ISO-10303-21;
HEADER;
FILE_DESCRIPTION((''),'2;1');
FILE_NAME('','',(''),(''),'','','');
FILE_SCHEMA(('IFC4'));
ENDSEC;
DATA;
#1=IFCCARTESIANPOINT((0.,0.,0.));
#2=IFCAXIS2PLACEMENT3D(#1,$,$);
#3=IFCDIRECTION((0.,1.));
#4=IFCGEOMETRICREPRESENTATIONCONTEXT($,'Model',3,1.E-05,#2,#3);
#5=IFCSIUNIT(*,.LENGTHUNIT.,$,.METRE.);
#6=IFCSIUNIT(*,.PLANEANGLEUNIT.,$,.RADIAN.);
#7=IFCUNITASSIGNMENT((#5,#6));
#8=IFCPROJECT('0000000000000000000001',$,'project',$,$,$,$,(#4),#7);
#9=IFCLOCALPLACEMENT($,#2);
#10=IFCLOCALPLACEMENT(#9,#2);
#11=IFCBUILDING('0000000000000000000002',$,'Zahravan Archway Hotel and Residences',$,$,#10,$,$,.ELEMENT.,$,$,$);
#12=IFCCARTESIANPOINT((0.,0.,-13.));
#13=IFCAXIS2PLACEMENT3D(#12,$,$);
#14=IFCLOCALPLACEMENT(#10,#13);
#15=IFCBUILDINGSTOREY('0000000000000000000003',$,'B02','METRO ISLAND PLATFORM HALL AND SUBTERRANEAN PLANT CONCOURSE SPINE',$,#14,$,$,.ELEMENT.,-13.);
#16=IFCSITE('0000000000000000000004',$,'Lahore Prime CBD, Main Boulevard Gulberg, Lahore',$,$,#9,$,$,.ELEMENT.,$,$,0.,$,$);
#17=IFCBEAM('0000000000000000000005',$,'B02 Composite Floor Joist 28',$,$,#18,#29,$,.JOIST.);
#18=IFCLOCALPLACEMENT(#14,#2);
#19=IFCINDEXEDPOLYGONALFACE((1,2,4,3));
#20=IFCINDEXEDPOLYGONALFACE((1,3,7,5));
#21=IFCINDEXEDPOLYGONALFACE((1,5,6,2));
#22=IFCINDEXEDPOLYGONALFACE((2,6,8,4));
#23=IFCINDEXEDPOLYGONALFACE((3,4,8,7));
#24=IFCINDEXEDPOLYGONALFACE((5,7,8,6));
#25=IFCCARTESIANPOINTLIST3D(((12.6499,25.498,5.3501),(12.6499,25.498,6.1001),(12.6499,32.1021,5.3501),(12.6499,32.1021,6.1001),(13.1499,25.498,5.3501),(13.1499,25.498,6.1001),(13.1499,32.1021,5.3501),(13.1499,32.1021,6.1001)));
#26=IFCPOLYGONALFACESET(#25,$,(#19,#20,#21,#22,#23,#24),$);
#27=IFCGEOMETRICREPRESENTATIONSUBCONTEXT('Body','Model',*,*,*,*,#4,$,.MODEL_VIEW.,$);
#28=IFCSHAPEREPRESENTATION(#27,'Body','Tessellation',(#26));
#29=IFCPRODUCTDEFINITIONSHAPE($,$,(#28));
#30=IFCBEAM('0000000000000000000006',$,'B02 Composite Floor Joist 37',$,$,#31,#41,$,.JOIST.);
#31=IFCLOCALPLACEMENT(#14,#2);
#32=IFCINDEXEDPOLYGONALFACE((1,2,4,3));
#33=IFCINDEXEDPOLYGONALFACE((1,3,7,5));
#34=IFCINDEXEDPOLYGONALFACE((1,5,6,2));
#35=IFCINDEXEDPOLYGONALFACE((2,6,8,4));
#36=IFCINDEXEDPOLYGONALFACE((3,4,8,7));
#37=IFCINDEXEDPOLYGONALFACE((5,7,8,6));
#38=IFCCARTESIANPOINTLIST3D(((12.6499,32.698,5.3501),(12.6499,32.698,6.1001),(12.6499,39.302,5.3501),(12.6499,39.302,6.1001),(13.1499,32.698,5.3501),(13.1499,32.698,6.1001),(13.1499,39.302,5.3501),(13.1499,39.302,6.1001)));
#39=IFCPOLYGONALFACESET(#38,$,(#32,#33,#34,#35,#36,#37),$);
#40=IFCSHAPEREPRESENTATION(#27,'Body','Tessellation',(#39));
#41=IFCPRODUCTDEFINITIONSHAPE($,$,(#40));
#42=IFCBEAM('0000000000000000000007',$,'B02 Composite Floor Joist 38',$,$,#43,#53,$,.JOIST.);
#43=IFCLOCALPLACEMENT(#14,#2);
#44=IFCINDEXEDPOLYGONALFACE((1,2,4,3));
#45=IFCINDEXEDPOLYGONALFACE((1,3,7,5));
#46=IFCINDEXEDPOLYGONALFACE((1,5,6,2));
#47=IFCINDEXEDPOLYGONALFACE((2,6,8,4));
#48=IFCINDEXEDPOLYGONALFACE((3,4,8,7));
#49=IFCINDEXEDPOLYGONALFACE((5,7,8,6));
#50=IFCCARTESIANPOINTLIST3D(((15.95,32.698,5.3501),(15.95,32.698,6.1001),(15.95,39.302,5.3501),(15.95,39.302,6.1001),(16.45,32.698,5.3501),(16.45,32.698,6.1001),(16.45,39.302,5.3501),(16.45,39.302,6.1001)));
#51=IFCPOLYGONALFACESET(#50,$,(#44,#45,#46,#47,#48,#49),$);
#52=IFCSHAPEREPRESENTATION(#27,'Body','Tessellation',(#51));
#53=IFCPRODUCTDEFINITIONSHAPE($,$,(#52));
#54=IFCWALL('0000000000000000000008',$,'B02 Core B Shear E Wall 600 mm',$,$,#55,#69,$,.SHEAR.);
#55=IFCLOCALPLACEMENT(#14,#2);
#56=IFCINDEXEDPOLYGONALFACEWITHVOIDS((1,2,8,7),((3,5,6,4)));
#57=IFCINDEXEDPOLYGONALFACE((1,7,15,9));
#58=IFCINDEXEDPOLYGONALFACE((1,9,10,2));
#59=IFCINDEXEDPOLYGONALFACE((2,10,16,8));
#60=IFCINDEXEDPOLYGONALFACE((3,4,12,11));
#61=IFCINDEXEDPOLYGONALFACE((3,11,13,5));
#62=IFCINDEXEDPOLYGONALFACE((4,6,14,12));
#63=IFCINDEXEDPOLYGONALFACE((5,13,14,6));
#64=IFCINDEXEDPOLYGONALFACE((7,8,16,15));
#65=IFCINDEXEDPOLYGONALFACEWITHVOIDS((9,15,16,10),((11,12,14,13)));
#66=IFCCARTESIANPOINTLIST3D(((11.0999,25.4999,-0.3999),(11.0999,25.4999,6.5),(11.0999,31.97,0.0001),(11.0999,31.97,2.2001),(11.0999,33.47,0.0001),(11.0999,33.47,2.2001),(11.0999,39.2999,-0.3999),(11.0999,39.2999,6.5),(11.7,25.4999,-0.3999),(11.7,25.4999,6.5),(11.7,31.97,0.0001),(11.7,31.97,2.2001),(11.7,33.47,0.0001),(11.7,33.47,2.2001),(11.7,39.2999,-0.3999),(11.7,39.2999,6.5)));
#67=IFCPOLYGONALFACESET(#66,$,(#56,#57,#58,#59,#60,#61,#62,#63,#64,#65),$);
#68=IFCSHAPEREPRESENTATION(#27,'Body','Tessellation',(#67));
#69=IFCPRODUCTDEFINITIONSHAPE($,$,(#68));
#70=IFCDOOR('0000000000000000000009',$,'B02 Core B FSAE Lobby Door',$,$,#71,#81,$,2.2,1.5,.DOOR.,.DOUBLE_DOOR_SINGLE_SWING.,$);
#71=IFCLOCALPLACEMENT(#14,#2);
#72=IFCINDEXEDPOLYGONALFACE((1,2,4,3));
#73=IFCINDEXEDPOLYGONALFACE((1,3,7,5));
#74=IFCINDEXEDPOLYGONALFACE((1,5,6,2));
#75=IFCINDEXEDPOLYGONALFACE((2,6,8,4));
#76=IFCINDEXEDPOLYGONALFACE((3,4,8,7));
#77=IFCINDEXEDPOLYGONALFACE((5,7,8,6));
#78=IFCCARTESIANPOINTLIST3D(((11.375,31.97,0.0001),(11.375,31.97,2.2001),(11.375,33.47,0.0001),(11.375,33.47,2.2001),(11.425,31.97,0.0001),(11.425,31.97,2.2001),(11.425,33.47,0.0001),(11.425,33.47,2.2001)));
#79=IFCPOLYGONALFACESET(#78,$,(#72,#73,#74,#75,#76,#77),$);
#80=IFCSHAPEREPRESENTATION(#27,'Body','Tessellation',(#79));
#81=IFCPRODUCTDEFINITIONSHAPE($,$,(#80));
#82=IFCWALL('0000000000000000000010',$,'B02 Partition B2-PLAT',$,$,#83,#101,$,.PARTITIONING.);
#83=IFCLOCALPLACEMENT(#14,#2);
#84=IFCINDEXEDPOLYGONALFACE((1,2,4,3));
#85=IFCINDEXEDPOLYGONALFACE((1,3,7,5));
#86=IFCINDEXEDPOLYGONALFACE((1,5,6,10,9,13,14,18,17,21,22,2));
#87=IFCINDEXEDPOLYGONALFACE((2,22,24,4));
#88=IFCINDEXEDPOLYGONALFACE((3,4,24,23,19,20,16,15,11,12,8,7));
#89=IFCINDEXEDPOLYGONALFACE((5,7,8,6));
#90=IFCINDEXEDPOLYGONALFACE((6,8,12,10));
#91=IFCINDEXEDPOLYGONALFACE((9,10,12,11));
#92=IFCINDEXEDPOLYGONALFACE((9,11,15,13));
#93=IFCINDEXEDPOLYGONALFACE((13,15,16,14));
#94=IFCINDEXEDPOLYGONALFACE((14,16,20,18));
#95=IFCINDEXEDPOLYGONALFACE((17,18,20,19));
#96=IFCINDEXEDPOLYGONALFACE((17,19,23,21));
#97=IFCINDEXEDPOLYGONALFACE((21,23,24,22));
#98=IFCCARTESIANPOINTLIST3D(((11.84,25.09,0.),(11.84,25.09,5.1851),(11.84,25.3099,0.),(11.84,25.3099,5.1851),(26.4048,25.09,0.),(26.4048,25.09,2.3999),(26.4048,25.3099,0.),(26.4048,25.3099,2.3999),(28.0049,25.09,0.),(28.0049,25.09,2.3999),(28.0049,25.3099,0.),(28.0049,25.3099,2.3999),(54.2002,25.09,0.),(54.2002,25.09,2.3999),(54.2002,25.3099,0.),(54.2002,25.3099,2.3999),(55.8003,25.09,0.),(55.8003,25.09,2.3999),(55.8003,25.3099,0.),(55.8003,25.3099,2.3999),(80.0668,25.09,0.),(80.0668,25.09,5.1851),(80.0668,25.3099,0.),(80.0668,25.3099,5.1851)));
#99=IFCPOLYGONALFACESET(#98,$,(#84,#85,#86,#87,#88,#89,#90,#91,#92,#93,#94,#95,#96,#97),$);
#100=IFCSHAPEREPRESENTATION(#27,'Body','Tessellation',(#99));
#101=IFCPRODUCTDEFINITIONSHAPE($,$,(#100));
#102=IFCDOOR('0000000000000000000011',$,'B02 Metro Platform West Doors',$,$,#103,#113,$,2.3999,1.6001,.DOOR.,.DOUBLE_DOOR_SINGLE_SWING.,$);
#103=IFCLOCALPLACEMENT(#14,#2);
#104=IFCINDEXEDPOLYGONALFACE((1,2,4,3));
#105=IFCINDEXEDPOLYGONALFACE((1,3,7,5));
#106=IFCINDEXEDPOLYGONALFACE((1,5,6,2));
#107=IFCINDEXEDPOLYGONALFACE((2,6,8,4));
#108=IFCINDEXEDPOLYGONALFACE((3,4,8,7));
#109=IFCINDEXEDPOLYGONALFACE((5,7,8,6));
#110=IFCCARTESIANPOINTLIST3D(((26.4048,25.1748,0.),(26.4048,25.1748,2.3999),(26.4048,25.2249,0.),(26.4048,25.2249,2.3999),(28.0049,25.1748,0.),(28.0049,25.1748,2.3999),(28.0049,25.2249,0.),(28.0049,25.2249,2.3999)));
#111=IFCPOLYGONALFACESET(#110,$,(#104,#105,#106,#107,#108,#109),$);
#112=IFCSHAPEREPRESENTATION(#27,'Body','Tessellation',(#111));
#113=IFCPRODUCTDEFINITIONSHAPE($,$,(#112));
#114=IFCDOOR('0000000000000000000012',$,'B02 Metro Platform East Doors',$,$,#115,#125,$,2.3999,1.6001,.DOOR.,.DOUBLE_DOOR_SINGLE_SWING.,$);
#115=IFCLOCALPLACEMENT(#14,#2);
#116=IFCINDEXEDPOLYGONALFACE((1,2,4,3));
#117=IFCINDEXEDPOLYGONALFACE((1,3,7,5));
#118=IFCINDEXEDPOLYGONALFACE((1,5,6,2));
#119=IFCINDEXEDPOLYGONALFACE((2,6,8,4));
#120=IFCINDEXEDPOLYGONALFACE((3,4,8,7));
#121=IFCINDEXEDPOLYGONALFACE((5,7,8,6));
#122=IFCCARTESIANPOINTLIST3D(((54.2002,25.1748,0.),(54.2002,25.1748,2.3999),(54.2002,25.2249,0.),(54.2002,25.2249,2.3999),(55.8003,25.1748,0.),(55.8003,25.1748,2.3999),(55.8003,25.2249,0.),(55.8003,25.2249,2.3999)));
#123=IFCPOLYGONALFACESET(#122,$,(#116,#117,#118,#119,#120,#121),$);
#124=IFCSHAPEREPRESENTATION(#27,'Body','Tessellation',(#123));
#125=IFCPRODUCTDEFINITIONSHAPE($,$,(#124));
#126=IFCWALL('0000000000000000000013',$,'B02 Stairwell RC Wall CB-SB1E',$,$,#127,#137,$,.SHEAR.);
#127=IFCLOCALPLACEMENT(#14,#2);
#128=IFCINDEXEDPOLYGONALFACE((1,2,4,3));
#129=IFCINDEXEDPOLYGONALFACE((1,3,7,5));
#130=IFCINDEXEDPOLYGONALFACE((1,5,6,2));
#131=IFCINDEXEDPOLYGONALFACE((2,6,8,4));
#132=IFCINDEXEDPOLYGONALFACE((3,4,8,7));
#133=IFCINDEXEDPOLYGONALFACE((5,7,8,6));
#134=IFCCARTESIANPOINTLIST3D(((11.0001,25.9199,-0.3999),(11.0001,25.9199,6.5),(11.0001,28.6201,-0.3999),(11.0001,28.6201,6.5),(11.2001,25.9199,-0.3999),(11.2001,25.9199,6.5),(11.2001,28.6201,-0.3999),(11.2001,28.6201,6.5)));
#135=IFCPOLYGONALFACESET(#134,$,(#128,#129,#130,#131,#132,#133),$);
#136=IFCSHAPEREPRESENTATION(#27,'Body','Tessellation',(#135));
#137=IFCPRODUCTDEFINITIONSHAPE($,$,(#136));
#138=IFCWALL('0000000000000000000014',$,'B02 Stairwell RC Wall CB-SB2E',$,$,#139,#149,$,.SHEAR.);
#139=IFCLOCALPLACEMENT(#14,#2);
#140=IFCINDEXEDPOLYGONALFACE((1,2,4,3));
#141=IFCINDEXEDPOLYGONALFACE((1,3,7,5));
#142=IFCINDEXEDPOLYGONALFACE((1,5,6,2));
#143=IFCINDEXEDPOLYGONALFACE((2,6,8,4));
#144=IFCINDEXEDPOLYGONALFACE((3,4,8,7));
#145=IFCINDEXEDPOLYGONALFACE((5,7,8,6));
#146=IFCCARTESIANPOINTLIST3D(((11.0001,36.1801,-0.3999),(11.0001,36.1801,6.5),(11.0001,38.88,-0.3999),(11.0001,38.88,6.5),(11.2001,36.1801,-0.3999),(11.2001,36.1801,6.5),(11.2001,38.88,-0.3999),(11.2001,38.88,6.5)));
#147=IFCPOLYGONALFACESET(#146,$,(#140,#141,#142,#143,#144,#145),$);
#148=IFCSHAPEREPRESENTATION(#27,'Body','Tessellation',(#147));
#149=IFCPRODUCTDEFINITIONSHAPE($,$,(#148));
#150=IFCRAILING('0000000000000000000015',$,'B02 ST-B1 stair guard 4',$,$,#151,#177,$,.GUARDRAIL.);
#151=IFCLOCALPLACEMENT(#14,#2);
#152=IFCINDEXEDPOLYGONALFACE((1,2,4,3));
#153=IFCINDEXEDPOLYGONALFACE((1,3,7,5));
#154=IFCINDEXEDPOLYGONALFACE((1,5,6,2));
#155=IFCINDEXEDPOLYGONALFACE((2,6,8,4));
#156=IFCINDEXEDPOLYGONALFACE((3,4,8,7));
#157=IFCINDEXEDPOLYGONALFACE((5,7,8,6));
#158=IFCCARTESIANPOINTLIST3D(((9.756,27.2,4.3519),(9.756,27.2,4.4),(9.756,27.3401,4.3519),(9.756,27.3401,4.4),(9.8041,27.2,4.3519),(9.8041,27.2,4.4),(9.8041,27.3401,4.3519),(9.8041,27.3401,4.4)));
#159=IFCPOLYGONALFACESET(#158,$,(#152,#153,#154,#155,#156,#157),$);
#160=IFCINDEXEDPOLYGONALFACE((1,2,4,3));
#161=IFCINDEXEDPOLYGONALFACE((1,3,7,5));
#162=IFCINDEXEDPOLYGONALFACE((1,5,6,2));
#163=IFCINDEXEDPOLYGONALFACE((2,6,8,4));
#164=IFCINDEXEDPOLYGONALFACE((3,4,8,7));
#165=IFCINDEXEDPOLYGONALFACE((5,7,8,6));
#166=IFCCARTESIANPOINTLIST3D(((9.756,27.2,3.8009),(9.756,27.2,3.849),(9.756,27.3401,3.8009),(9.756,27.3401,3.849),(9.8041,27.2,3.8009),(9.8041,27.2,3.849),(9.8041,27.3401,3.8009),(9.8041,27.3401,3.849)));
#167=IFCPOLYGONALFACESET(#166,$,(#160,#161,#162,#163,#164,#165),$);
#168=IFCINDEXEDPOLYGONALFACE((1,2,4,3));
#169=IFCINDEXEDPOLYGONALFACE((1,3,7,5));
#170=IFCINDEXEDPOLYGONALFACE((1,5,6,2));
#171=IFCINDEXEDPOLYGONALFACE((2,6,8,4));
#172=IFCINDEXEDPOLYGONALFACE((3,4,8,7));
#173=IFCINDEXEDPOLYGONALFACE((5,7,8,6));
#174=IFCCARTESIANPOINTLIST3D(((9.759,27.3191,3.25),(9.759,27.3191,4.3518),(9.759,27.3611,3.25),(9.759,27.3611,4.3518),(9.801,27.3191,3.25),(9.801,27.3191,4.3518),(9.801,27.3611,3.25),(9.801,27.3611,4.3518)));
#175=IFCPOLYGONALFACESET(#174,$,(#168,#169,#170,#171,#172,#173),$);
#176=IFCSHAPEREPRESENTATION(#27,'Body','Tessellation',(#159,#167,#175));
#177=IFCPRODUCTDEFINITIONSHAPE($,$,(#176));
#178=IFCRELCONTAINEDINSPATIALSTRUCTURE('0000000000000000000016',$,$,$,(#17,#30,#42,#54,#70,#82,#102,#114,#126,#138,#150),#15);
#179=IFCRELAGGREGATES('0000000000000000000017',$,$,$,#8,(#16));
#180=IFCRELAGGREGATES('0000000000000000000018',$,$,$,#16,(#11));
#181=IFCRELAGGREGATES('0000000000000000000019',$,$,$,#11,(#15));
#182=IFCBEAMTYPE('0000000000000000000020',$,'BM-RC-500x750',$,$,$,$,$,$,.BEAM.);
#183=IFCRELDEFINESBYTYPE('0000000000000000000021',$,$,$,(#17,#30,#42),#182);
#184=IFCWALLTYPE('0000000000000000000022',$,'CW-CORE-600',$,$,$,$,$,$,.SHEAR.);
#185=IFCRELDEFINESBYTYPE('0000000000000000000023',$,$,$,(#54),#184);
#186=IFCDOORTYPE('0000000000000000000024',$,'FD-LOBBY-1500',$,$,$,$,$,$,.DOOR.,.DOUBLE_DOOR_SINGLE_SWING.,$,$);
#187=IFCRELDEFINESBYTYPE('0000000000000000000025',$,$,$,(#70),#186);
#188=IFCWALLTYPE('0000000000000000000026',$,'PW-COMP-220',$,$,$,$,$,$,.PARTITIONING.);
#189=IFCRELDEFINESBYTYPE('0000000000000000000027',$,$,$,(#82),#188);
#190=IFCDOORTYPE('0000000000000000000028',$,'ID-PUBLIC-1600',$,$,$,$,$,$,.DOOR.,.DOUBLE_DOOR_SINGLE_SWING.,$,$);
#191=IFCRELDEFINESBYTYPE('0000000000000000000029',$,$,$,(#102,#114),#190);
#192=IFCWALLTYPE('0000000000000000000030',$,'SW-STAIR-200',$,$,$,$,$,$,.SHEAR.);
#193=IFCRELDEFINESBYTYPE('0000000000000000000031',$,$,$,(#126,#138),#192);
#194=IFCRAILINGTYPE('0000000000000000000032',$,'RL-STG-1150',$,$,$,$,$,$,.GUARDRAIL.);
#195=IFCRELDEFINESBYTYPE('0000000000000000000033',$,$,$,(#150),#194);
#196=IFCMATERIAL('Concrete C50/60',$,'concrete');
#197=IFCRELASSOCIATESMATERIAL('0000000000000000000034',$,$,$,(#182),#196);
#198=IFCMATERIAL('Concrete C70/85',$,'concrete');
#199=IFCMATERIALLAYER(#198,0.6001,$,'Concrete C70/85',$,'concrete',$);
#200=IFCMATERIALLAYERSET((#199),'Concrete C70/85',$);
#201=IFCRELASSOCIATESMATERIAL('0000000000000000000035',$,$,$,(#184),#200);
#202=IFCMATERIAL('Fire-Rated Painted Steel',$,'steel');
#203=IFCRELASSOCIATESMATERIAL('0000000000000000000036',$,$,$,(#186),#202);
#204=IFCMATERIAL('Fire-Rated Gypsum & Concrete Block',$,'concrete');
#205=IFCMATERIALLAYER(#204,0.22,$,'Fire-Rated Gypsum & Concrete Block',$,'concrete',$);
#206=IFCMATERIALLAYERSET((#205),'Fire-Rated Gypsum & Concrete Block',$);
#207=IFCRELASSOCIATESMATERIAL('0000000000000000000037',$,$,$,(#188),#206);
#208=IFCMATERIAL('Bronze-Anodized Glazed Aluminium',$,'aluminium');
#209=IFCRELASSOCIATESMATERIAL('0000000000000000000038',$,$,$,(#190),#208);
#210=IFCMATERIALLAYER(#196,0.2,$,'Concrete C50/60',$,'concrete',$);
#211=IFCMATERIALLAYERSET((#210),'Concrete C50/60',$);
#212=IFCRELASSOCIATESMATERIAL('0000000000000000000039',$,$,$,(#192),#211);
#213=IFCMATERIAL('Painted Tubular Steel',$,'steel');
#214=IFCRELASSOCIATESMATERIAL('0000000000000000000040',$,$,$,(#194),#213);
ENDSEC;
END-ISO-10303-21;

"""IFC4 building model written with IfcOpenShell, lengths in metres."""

from ifc_helpers import new_model, si_unit, direction, frame, frame_2d, origin, origin_2d, place, context, subcontext, project, spatial, rectangle, extrude, source, transform, mapped, material, layer, layer_set, material_profile, profile_set, type_object, type_shapes, element, fill, save


model = new_model("IFC4")

# Units and contexts
model_context = context("Model", 3, precision=1e-05, world=origin(), true_north=direction((0.0, 1.0)))
body_context = subcontext(model_context, "Body", "Model", "MODEL_VIEW")
ifc_project = project(units=[si_unit("LENGTHUNIT", "METRE"), si_unit("PLANEANGLEUNIT", "RADIAN")], contexts=[model_context])

# Site, building, storey
site_placement = place(None, origin())
site = spatial("IfcSite", under=ifc_project, at=site_placement, Name="Lahore Prime CBD, Main Boulevard Gulberg, Lahore", CompositionType="ELEMENT", RefElevation=0.0)
building_placement = place(site_placement, origin())
building = spatial("IfcBuilding", under=site, at=building_placement, Name="Zahravan Archway Hotel and Residences", CompositionType="ELEMENT")
storey_placement = place(building_placement, frame((0.0, 0.0, -13.0)))
storey = spatial("IfcBuildingStorey", under=building, at=storey_placement, Name="B02", Description="METRO ISLAND PLATFORM HALL AND SUBTERRANEAN PLANT CONCOURSE SPINE", CompositionType="ELEMENT", Elevation=-13.0)

# Shared definitions
ifc_material_1 = material(Name="Concrete C50/60", Category="concrete")

# Shared definitions
ifc_material_2 = material(Name="Concrete C70/85", Category="concrete")

# Beams
ifc_material_profile_1 = material_profile(ifc_material_1, rectangle(XDim=0.5, YDim=0.75, at=origin_2d()), Name="RC-BM-500x750", Category="concrete")
ifc_profile_set_1 = profile_set([ifc_material_profile_1], Name="Concrete C50/60")
beam_type_1 = type_object("IfcBeamType", Name="BM-RC-500x750", PredefinedType="BEAM", material=ifc_profile_set_1)
shared_shape_1 = source(origin(), body_context, "Body", "SweptSolid", [
    extrude(rectangle(XDim=0.5, YDim=0.75, at=origin_2d()), origin(), (0.0, 0.0, 1.0), 6.604),
])
type_shapes(beam_type_1, [shared_shape_1])
for number, where, z_axis, x_axis, name in (
    (1, (12.8999, 25.498, 5.7251), (0.0, 1.0, 0.0), (-1.0, 0.0, 0.0), "B02 Composite Floor Joist 28"),
    (2, (12.8999, 32.698, 5.7251), (0.0, 1.0, 0.0), (-1.0, 0.0, 0.0), "B02 Composite Floor Joist 37"),
    (3, (16.2, 32.698, 5.7251), (0.0, 1.0, 0.0), (-1.0, 0.0, 0.0), "B02 Composite Floor Joist 38"),
):
    element("IfcBeam", number, at=place(storey_placement, frame(where, z_axis=z_axis, x_axis=x_axis)), inside=storey, type_object=beam_type_1, Name=name, PredefinedType="JOIST", context=body_context, shape_type="MappedRepresentation", body=[
        mapped(shared_shape_1, transform((0.0, 0.0, 0.0), scale=1.0)),
    ])

# Wall, opening, door
ifc_layer_1 = layer(ifc_material_2, 0.6001, Name="Concrete C70/85", Category="concrete")
ifc_layer_set_1 = layer_set([ifc_layer_1], Name="Concrete C70/85")
wall_type_1 = type_object("IfcWallType", Name="CW-CORE-600", PredefinedType="SHEAR", material=ifc_layer_set_1)
wall_1_placement = place(storey_placement, frame((11.3999, 25.5, -0.3999), z_axis=(0.0, 0.0, 1.0), x_axis=(0.0, 1.0, 0.0)))
wall_1 = element("IfcWall", 4, at=wall_1_placement, inside=storey, type_object=wall_type_1, Name="B02 Core B Shear E Wall 600 mm", PredefinedType="SHEAR", context=body_context, shape_type="SweptSolid", body=[
    extrude(rectangle(XDim=13.8, YDim=0.6001, at=frame_2d((6.8999, 0.0))), origin(), (0.0, 0.0, 1.0), 6.8999),
])
opening_1_placement = place(wall_1_placement, frame((6.47, 0.0, 0.3999)))
opening_1 = element("IfcOpeningElement", 5, at=opening_1_placement, cuts=wall_1, PredefinedType="OPENING", context=body_context, shape_type="SweptSolid", body=[
    extrude(rectangle(XDim=1.5, YDim=2.2, at=frame_2d((0.75, 1.1001))), frame((0.0, 0.3101, 0.0), z_axis=(0.0, -1.0, 0.0), x_axis=(1.0, 0.0, 0.0)), (0.0, 0.0, 1.0), 0.6201),
])
ifc_material_3 = material(Name="Fire-Rated Painted Steel", Category="steel")
door_type_1 = type_object("IfcDoorType", Name="FD-LOBBY-1500", OperationType="DOUBLE_DOOR_SINGLE_SWING", PredefinedType="DOOR", material=ifc_material_3)
shared_shape_2 = source(origin(), body_context, "Body", "SweptSolid", [
    extrude(rectangle(XDim=1.5, YDim=2.2, at=frame_2d((0.75, 1.1001))), frame((0.0, 0.0249, 0.0), z_axis=(0.0, -1.0, 0.0), x_axis=(1.0, 0.0, 0.0)), (0.0, 0.0, 1.0), 0.05),
])
type_shapes(door_type_1, [shared_shape_2])
door_1_placement = place(opening_1_placement, origin())
door_1 = element("IfcDoor", 6, at=door_1_placement, inside=storey, type_object=door_type_1, Name="B02 Core B FSAE Lobby Door", OperationType="DOUBLE_DOOR_SINGLE_SWING", OverallHeight=2.2, OverallWidth=1.5, PredefinedType="DOOR", context=body_context, shape_type="MappedRepresentation", body=[
    mapped(shared_shape_2, transform((0.0, 0.0, 0.0), scale=1.0)),
])
fill(opening_1, door_1)

# Wall, openings, doors
ifc_material_4 = material(Name="Fire-Rated Gypsum & Concrete Block", Category="concrete")
ifc_layer_2 = layer(ifc_material_4, 0.22, Name="Fire-Rated Gypsum & Concrete Block", Category="concrete")
ifc_layer_set_2 = layer_set([ifc_layer_2], Name="Fire-Rated Gypsum & Concrete Block")
wall_type_2 = type_object("IfcWallType", Name="PW-COMP-220", PredefinedType="PARTITIONING", material=ifc_layer_set_2)
wall_2_placement = place(storey_placement, frame((11.8401, 25.2, 0.0), z_axis=(0.0, 0.0, 1.0), x_axis=(1.0, 0.0, 0.0)))
wall_2 = element("IfcWall", 7, at=wall_2_placement, inside=storey, type_object=wall_type_2, Name="B02 Partition B2-PLAT", PredefinedType="PARTITIONING", context=body_context, shape_type="SweptSolid", body=[
    extrude(rectangle(XDim=68.2268, YDim=0.22, at=frame_2d((34.1133, 0.0))), origin(), (0.0, 0.0, 1.0), 5.1851),
])
opening_2_placement = place(wall_2_placement, frame((14.5647, 0.0, 0.0)))
opening_2 = element("IfcOpeningElement", 8, at=opening_2_placement, cuts=wall_2, PredefinedType="OPENING", context=body_context, shape_type="SweptSolid", body=[
    extrude(rectangle(XDim=1.6001, YDim=2.3999, at=frame_2d((0.8, 1.2))), frame((0.0, 0.1201, 0.0), z_axis=(0.0, -1.0, 0.0), x_axis=(1.0, 0.0, 0.0)), (0.0, 0.0, 1.0), 0.24),
])
opening_3_placement = place(wall_2_placement, frame((42.3601, 0.0, 0.0)))
opening_3 = element("IfcOpeningElement", 9, at=opening_3_placement, cuts=wall_2, PredefinedType="OPENING", context=body_context, shape_type="SweptSolid", body=[
    extrude(rectangle(XDim=1.6001, YDim=2.3999, at=frame_2d((0.8, 1.2))), frame((0.0, 0.1201, 0.0), z_axis=(0.0, -1.0, 0.0), x_axis=(1.0, 0.0, 0.0)), (0.0, 0.0, 1.0), 0.24),
])
ifc_material_5 = material(Name="Bronze-Anodized Glazed Aluminium", Category="aluminium")
door_type_2 = type_object("IfcDoorType", Name="ID-PUBLIC-1600", OperationType="DOUBLE_DOOR_SINGLE_SWING", PredefinedType="DOOR", material=ifc_material_5)
shared_shape_3 = source(origin(), body_context, "Body", "SweptSolid", [
    extrude(rectangle(XDim=1.6001, YDim=2.3999, at=frame_2d((0.8, 1.2))), frame((0.0, 0.0249, 0.0), z_axis=(0.0, -1.0, 0.0), x_axis=(1.0, 0.0, 0.0)), (0.0, 0.0, 1.0), 0.05),
])
type_shapes(door_type_2, [shared_shape_3])
door_2_placement = place(opening_2_placement, origin())
door_2 = element("IfcDoor", 10, at=door_2_placement, inside=storey, type_object=door_type_2, Name="B02 Metro Platform West Doors", OperationType="DOUBLE_DOOR_SINGLE_SWING", OverallHeight=2.3999, OverallWidth=1.6001, PredefinedType="DOOR", context=body_context, shape_type="MappedRepresentation", body=[
    mapped(shared_shape_3, transform((0.0, 0.0, 0.0), scale=1.0)),
])
fill(opening_2, door_2)
door_3_placement = place(opening_3_placement, origin())
door_3 = element("IfcDoor", 11, at=door_3_placement, inside=storey, type_object=door_type_2, Name="B02 Metro Platform East Doors", OperationType="DOUBLE_DOOR_SINGLE_SWING", OverallHeight=2.3999, OverallWidth=1.6001, PredefinedType="DOOR", context=body_context, shape_type="MappedRepresentation", body=[
    mapped(shared_shape_3, transform((0.0, 0.0, 0.0), scale=1.0)),
])
fill(opening_3, door_3)

# Walls
ifc_layer_3 = layer(ifc_material_1, 0.2, Name="Concrete C50/60", Category="concrete")
ifc_layer_set_3 = layer_set([ifc_layer_3], Name="Concrete C50/60")
wall_type_3 = type_object("IfcWallType", Name="SW-STAIR-200", PredefinedType="SHEAR", material=ifc_layer_set_3)
wall_3_placement = place(storey_placement, frame((11.1001, 25.9199, -0.3999), z_axis=(0.0, 0.0, 1.0), x_axis=(0.0, 1.0, 0.0)))
element("IfcWall", 12, at=wall_3_placement, inside=storey, type_object=wall_type_3, Name="B02 Stairwell RC Wall CB-SB1E", PredefinedType="SHEAR", context=body_context, shape_type="SweptSolid", body=[
    extrude(rectangle(XDim=2.7002, YDim=0.2, at=frame_2d((1.3501, 0.0))), origin(), (0.0, 0.0, 1.0), 6.8999),
])
wall_4_placement = place(storey_placement, frame((11.1001, 36.1799, -0.3999), z_axis=(0.0, 0.0, 1.0), x_axis=(0.0, 1.0, 0.0)))
element("IfcWall", 13, at=wall_4_placement, inside=storey, type_object=wall_type_3, Name="B02 Stairwell RC Wall CB-SB2E", PredefinedType="SHEAR", context=body_context, shape_type="SweptSolid", body=[
    extrude(rectangle(XDim=2.7, YDim=0.2, at=frame_2d((1.3501, 0.0))), origin(), (0.0, 0.0, 1.0), 6.8999),
])

# Railing
ifc_material_6 = material(Name="Painted Tubular Steel", Category="steel")
railing_type_1 = type_object("IfcRailingType", Name="RL-STG-1150", PredefinedType="GUARDRAIL", material=ifc_material_6)
for number, where, name in (
    (14, (9.78, 27.3401, 3.25), "B02 ST-B1 stair guard 4"),
):
    element("IfcRailing", number, at=place(storey_placement, frame(where)), inside=storey, type_object=railing_type_1, Name=name, PredefinedType="GUARDRAIL", context=body_context, shape_type="SweptSolid", body=[
        extrude(rectangle(XDim=0.0481, YDim=0.0481, at=origin_2d()), frame((0.0, 0.0, 1.126), z_axis=(0.0, -1.0, 0.0), x_axis=(1.0, 0.0, 0.0)), (0.0, 0.0, 1.0), 0.1401),
        extrude(rectangle(XDim=0.0481, YDim=0.0481, at=origin_2d()), frame((0.0, 0.0, 0.575), z_axis=(0.0, -1.0, 0.0), x_axis=(1.0, 0.0, 0.0)), (0.0, 0.0, 1.0), 0.1401),
        extrude(rectangle(XDim=0.042, YDim=0.042, at=origin_2d()), origin(), (0.0, 0.0, 1.0), 1.1018),
    ])

save(model, "model.ifc")
